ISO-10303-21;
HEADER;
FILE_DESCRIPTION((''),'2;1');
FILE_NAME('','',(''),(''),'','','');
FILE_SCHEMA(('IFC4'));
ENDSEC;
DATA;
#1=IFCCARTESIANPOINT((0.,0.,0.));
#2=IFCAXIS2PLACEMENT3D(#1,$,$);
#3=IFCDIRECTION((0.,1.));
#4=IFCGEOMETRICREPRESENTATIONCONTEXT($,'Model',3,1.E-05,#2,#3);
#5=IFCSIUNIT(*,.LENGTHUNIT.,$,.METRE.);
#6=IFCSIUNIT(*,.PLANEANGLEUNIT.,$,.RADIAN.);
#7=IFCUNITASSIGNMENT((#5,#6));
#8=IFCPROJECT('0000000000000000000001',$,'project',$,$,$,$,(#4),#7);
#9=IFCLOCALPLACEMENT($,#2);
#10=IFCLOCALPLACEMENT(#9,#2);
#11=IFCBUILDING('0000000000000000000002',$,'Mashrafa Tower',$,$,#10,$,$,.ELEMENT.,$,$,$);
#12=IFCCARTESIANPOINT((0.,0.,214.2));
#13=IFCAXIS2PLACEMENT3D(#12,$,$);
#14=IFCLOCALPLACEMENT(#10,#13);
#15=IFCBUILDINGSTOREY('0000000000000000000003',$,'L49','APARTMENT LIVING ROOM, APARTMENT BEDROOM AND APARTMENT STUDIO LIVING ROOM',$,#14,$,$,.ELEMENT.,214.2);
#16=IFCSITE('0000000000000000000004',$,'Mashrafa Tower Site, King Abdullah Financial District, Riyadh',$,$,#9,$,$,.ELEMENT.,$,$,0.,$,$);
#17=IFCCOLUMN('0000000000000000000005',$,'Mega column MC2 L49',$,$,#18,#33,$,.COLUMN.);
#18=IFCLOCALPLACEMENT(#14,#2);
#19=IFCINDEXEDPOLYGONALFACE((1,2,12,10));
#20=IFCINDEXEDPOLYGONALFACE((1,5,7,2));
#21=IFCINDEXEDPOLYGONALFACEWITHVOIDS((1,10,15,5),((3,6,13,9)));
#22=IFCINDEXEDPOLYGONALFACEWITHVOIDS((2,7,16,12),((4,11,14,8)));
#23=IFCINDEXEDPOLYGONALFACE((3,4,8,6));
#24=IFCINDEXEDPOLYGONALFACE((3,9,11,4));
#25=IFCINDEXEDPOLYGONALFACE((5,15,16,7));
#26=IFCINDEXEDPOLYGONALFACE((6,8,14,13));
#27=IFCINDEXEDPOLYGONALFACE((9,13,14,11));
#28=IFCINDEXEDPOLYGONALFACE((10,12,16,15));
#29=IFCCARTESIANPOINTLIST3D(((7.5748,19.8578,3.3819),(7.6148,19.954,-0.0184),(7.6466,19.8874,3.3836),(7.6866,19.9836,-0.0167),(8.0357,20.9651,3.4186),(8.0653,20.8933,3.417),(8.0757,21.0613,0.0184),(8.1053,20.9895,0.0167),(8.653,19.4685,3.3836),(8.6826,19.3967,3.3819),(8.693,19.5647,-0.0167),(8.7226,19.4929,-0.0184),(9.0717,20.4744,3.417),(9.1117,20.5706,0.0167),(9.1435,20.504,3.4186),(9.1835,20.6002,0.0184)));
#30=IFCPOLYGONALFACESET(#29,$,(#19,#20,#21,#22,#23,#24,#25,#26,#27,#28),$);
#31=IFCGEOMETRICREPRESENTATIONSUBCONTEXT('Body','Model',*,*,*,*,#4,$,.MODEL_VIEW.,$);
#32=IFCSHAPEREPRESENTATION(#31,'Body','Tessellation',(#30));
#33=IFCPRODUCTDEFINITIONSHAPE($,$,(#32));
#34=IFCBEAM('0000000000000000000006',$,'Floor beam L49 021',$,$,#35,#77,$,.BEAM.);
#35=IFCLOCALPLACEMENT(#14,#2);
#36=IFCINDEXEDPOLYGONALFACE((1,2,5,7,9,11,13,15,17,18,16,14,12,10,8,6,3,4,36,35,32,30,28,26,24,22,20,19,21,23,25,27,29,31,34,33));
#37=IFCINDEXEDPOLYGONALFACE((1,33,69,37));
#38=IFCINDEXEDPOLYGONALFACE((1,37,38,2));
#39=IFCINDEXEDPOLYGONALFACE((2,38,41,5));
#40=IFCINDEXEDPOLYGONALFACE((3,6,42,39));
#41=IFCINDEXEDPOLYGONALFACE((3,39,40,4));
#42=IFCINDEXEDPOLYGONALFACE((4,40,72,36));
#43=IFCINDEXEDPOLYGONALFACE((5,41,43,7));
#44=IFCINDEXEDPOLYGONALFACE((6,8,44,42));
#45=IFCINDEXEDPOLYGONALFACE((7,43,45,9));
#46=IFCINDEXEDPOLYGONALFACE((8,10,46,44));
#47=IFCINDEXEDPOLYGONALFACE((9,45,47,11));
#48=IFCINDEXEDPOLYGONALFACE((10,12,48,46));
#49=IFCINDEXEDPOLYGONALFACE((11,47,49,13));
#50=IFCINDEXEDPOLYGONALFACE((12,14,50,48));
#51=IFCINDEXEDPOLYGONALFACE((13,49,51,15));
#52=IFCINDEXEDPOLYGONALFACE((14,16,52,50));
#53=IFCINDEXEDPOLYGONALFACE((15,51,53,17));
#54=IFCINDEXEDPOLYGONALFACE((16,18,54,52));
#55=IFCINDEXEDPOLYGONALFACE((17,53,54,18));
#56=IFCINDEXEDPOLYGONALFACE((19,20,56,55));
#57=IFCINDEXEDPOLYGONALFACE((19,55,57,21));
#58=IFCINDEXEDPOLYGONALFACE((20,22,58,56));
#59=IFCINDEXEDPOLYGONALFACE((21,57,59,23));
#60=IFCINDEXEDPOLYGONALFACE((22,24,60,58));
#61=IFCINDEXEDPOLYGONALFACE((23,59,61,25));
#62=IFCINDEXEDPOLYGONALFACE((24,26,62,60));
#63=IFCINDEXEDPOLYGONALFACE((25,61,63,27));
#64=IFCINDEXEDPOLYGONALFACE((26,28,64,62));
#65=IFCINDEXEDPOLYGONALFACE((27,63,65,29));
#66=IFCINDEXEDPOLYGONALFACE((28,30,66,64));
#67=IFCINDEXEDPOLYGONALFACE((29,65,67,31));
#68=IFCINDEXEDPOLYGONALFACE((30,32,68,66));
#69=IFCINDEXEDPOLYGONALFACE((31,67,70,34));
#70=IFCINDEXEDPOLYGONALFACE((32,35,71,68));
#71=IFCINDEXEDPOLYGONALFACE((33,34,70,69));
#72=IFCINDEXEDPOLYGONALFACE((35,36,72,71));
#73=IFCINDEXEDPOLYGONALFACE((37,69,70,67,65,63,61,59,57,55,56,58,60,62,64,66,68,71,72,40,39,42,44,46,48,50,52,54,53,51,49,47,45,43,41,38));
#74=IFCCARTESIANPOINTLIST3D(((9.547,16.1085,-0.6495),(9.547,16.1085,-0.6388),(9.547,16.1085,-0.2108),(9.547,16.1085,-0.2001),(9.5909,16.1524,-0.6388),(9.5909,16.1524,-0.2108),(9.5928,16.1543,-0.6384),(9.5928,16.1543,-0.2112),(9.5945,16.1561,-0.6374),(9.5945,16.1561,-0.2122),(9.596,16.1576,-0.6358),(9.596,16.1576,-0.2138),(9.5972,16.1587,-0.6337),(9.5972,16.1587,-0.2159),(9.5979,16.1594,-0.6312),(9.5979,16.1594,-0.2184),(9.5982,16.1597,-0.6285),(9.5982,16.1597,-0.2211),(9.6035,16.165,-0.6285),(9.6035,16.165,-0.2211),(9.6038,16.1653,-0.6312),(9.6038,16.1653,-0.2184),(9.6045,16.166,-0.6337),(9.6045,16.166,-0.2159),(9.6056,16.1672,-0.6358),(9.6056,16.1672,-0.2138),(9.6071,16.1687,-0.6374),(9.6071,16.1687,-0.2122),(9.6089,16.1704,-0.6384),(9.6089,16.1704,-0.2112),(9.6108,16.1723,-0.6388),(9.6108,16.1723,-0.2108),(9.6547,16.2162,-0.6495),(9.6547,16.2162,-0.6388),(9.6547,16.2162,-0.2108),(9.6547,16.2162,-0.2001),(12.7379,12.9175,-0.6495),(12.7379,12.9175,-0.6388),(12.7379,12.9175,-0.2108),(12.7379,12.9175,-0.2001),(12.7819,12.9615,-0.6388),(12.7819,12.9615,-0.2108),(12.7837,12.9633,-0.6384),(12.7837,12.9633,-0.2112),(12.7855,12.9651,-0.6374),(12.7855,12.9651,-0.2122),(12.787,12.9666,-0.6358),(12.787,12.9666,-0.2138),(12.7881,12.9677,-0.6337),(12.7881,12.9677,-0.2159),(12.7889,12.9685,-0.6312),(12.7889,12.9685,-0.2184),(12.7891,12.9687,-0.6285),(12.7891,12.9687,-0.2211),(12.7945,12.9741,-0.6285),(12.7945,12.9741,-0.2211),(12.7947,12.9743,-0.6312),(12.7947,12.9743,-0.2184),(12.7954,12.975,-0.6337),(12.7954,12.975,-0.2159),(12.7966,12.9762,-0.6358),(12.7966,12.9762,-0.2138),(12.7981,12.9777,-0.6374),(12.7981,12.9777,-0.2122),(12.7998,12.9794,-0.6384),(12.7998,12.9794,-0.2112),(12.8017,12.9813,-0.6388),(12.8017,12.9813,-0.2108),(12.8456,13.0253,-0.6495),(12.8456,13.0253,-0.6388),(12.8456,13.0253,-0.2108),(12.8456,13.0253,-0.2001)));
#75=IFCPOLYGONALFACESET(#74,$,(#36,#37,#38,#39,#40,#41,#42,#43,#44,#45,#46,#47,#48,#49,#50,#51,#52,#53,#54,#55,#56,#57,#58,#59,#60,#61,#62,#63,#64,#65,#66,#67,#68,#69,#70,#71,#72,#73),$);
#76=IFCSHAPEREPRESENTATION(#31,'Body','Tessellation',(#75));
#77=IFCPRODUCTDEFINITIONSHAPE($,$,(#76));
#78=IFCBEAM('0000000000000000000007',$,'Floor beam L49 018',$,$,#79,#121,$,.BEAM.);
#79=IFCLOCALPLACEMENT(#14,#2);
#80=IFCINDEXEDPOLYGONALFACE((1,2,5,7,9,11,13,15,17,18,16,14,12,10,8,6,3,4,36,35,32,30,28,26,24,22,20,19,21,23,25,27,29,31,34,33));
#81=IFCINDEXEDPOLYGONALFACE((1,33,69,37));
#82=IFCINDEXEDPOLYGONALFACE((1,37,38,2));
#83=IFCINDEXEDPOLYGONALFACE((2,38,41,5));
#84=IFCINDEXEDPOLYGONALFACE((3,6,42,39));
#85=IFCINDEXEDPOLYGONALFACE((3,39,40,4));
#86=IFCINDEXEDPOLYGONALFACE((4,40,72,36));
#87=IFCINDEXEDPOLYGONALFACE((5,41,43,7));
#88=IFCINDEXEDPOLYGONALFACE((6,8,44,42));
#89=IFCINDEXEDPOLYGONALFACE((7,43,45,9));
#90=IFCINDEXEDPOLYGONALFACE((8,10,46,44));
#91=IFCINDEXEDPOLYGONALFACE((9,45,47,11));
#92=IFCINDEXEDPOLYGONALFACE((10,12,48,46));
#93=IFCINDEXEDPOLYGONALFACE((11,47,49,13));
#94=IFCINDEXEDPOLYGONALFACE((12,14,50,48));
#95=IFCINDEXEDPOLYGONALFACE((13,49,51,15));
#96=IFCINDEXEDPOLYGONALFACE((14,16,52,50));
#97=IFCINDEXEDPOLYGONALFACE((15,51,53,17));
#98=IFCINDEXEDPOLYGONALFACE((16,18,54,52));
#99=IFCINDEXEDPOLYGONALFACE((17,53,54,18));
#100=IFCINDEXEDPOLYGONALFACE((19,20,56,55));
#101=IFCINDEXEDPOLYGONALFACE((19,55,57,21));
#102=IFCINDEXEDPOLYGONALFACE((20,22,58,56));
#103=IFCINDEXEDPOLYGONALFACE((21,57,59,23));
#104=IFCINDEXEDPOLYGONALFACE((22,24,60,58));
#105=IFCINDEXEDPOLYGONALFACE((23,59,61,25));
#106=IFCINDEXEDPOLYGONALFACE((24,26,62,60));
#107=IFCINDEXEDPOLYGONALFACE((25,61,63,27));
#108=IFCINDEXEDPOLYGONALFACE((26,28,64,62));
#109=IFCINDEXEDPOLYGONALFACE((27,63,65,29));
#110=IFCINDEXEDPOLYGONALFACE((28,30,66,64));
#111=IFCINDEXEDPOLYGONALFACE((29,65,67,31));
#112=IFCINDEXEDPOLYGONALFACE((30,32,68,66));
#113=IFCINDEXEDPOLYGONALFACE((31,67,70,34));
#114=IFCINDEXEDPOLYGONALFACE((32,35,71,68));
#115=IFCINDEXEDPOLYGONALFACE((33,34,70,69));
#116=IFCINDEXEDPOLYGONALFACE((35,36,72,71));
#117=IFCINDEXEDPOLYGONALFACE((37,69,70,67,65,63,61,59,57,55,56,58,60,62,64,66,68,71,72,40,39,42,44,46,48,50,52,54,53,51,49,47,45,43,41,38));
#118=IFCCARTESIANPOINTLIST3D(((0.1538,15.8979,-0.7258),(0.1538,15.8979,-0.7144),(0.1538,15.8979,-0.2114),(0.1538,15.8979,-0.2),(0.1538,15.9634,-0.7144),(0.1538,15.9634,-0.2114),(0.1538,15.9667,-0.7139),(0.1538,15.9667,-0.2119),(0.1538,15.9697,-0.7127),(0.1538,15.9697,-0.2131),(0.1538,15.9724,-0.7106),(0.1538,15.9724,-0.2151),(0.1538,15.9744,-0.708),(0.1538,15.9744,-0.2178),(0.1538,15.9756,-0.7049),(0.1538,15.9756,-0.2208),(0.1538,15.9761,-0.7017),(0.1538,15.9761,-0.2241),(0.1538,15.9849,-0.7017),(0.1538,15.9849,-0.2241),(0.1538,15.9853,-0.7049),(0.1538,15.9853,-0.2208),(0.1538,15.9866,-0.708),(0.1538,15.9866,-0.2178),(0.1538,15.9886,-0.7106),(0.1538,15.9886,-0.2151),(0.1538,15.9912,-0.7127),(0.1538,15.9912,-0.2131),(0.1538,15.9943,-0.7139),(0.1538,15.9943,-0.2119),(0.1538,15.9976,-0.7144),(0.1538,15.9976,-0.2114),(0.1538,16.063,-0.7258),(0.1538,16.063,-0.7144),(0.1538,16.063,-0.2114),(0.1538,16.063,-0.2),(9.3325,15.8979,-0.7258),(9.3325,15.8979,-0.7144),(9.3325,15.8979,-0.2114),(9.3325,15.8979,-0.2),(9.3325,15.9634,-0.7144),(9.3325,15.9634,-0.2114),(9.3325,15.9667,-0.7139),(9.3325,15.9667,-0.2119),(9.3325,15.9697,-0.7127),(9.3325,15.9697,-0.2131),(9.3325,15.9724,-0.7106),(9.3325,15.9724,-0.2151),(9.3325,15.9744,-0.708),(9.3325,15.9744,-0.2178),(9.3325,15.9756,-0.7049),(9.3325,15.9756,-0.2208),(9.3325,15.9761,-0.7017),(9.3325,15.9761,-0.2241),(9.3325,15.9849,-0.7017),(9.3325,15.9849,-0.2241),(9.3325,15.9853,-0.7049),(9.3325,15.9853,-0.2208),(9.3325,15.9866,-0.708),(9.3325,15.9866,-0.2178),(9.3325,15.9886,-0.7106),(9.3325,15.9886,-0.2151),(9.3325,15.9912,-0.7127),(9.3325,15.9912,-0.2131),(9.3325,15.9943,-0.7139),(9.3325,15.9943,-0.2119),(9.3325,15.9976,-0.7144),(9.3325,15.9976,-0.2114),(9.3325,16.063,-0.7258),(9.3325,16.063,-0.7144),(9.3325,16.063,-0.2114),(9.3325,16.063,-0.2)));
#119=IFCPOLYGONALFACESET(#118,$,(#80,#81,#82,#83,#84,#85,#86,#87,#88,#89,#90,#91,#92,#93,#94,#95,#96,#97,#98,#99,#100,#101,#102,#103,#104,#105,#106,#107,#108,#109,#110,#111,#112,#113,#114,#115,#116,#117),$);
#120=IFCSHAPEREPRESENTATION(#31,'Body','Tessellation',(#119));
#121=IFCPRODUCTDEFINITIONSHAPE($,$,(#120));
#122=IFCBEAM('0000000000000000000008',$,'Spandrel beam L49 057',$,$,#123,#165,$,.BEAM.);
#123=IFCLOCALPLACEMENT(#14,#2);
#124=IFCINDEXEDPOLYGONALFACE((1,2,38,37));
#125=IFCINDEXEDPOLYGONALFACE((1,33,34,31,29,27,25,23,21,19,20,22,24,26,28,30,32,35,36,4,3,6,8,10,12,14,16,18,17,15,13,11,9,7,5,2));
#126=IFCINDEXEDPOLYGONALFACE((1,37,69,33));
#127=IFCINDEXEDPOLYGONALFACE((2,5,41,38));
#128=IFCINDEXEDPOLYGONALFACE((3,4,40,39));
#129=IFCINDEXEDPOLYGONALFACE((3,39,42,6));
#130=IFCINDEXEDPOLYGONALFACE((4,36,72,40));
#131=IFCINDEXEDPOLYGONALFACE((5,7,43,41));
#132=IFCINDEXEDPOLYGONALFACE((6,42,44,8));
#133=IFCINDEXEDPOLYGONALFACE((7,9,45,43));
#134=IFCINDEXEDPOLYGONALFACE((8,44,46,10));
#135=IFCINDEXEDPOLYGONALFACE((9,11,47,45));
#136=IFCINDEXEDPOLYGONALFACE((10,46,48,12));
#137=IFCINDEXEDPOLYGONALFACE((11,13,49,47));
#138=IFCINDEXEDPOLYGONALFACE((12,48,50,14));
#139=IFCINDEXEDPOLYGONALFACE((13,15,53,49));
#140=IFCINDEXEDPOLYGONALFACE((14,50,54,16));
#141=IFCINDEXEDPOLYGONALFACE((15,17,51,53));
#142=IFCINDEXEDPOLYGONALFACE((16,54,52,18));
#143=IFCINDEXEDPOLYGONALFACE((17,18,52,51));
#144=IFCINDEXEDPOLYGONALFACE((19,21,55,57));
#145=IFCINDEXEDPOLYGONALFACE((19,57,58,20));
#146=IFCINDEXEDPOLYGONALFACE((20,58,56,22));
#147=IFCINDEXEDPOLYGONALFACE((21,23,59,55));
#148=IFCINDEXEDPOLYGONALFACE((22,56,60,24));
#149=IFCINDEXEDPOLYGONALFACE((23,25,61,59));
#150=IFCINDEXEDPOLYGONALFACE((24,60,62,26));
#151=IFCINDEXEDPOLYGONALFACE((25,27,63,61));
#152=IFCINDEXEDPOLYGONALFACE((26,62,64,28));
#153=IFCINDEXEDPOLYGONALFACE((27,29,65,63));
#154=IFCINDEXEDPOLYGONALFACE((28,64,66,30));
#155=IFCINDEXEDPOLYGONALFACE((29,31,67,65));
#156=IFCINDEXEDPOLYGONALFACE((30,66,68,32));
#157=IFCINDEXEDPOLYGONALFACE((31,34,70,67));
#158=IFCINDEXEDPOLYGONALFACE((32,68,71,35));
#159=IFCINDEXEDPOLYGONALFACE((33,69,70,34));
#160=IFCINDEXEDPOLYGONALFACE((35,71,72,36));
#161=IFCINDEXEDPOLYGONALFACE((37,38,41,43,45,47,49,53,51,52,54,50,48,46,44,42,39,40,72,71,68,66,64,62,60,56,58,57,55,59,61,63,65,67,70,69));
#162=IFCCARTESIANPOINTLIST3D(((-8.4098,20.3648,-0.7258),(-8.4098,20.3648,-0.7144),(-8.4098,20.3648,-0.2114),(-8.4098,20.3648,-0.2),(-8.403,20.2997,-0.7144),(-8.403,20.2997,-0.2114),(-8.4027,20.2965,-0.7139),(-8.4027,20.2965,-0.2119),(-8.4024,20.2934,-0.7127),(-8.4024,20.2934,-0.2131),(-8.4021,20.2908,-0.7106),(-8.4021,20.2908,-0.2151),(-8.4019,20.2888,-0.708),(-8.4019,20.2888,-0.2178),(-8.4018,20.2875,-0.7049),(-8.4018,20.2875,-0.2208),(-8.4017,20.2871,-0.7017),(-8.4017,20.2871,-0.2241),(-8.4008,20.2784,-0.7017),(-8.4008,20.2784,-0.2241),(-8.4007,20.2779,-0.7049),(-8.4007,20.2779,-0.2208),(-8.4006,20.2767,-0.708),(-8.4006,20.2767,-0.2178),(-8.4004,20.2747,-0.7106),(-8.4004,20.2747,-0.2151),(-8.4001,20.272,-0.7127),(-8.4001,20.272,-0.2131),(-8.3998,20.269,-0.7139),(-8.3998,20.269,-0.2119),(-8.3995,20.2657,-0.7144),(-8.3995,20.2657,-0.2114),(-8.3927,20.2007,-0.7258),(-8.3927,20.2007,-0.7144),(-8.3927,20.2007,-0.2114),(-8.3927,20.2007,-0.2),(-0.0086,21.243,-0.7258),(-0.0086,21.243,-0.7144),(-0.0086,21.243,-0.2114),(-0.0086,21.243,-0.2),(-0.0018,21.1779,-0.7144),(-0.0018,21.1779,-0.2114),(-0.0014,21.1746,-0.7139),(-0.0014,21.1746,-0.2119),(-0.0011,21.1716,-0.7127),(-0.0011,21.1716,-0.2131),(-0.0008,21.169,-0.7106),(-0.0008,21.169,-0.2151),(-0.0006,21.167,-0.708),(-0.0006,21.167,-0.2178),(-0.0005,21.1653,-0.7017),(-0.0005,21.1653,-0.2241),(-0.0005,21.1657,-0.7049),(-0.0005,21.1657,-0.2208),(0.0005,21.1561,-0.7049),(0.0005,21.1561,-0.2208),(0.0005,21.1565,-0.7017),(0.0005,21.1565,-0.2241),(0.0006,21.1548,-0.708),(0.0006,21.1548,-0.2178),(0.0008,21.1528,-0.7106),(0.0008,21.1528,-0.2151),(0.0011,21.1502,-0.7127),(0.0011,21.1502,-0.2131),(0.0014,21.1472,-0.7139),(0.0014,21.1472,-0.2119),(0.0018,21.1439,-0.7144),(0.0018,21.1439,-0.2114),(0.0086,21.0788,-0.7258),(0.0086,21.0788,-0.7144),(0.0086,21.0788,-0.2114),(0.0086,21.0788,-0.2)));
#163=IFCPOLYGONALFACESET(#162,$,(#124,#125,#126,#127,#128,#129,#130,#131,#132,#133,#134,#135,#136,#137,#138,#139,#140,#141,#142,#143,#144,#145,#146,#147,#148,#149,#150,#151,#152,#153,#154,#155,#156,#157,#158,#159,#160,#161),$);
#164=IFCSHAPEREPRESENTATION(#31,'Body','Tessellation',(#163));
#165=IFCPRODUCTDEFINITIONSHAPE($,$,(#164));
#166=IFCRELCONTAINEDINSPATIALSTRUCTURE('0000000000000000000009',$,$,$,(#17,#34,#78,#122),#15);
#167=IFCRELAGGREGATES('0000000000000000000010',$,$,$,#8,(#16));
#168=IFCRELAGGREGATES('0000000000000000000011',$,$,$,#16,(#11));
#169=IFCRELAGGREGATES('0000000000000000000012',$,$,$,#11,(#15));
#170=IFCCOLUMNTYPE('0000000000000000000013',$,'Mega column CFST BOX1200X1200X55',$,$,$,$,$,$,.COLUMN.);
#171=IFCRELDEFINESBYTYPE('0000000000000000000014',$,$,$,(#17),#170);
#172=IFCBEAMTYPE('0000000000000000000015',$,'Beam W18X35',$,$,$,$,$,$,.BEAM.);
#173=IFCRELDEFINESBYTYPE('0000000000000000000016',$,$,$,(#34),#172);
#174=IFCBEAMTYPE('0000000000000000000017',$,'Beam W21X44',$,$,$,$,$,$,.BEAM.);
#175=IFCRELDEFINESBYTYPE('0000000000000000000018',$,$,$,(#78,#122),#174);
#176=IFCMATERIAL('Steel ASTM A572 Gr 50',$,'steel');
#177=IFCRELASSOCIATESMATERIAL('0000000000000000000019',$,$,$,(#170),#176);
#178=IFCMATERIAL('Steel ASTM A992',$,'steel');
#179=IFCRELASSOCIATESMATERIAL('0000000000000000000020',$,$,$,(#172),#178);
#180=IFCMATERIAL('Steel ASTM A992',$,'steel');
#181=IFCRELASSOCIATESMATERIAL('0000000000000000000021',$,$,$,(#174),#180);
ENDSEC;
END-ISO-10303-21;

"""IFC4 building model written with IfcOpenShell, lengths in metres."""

from ifc_helpers import new_model, si_unit, direction, frame, origin, origin_2d, place, context, subcontext, project, spatial, hollow_rectangle, i_section, extrude, material, material_profile, profile_set, type_object, element, save


model = new_model("IFC4")

# Units and contexts
model_context = context("Model", 3, precision=1e-05, world=origin(), true_north=direction((0.0, 1.0)))
body_context = subcontext(model_context, "Body", "Model", "MODEL_VIEW")
ifc_project = project(units=[si_unit("LENGTHUNIT", "METRE"), si_unit("PLANEANGLEUNIT", "RADIAN")], contexts=[model_context])

# Site, building, storey
site_placement = place(None, origin())
site = spatial("IfcSite", under=ifc_project, at=site_placement, Name="Mashrafa Tower Site, King Abdullah Financial District, Riyadh", CompositionType="ELEMENT", RefElevation=0.0)
building_placement = place(site_placement, origin())
building = spatial("IfcBuilding", under=site, at=building_placement, Name="Mashrafa Tower", CompositionType="ELEMENT")
storey_placement = place(building_placement, frame((0.0, 0.0, 214.2)))
storey = spatial("IfcBuildingStorey", under=building, at=storey_placement, Name="L49", Description="APARTMENT LIVING ROOM, APARTMENT BEDROOM AND APARTMENT STUDIO LIVING ROOM", CompositionType="ELEMENT", Elevation=214.2)

# Column
ifc_material_1 = material(Name="Steel ASTM A572 Gr 50", Category="steel")
ifc_material_profile_1 = material_profile(ifc_material_1, hollow_rectangle(XDim=1.2, YDim=1.2, WallThickness=0.0549, at=origin_2d()), Name="BOX1200X1200X55")
ifc_profile_set_1 = profile_set([ifc_material_profile_1], Name="Steel ASTM A572 Gr 50")
column_type = type_object("IfcColumnType", Name="Mega column CFST BOX1200X1200X55", PredefinedType="COLUMN", material=ifc_profile_set_1)
column_placement = place(storey_placement, frame((8.3992, 20.2771, 0.0), z_axis=(-0.01177, -0.028277, 0.999531), x_axis=(0.923216, -0.384283, 0.0)))
element("IfcColumn", 1, at=column_placement, inside=storey, type_object=column_type, Name="Mega column MC2 L49", PredefinedType="COLUMN", context=body_context, shape_type="SweptSolid", body=[
    extrude(hollow_rectangle(XDim=1.2, YDim=1.2, WallThickness=0.0549, at=origin_2d()), origin(), (0.0, 0.0, 1.0), 3.4019),
])

# Beams
ifc_material_2 = material(Name="Steel ASTM A992", Category="steel")
ifc_material_profile_2 = material_profile(ifc_material_2, i_section(OverallWidth=0.1523, OverallDepth=0.4495, WebThickness=0.0076, FlangeThickness=0.0107, FilletRadius=0.0103, at=origin_2d()), Name="W18X35")
ifc_profile_set_2 = profile_set([ifc_material_profile_2], Name="Steel ASTM A992")
beam_type_1 = type_object("IfcBeamType", Name="Beam W18X35", PredefinedType="BEAM", material=ifc_profile_set_2)
beam_1_placement = place(storey_placement, frame((9.6008, 16.1624, -0.4248), z_axis=(0.707107, -0.707107, 0.0), x_axis=(0.707107, 0.707107, 0.0)))
element("IfcBeam", 2, at=beam_1_placement, inside=storey, type_object=beam_type_1, Name="Floor beam L49 021", PredefinedType="BEAM", context=body_context, shape_type="SweptSolid", body=[
    extrude(i_section(OverallWidth=0.1523, OverallDepth=0.4495, WebThickness=0.0076, FlangeThickness=0.0107, FilletRadius=0.0103, at=origin_2d()), origin(), (0.0, 0.0, 1.0), 4.5127),
])
ifc_material_3 = material(Name="Steel ASTM A992", Category="steel")
ifc_material_profile_3 = material_profile(ifc_material_3, i_section(OverallWidth=0.165, OverallDepth=0.5259, WebThickness=0.0088, FlangeThickness=0.0115, FilletRadius=0.0127, at=origin_2d()), Name="W21X44")
ifc_profile_set_3 = profile_set([ifc_material_profile_3], Name="Steel ASTM A992")
beam_type_2 = type_object("IfcBeamType", Name="Beam W21X44", PredefinedType="BEAM", material=ifc_profile_set_3)
beam_2_placement = place(storey_placement, frame((0.1538, 15.9805, -0.4629), z_axis=(1.0, 0.0, 0.0), x_axis=(0.0, 1.0, 0.0)))
element("IfcBeam", 3, at=beam_2_placement, inside=storey, type_object=beam_type_2, Name="Floor beam L49 018", PredefinedType="BEAM", context=body_context, shape_type="SweptSolid", body=[
    extrude(i_section(OverallWidth=0.165, OverallDepth=0.5259, WebThickness=0.0088, FlangeThickness=0.0115, FilletRadius=0.0127, at=origin_2d()), origin(), (0.0, 0.0, 1.0), 9.1787),
])
for number, where, z_axis, x_axis, name in (
    (4, (0.0, 21.1609, -0.4629), (-0.994581, -0.103961, 0.0), (0.103961, -0.994581, 0.0), "Spandrel beam L49 057"),
):
    element("IfcBeam", number, at=place(storey_placement, frame(where, z_axis=z_axis, x_axis=x_axis)), inside=storey, type_object=beam_type_2, Name=name, PredefinedType="BEAM", context=body_context, shape_type="SweptSolid", body=[
        extrude(i_section(OverallWidth=0.165, OverallDepth=0.5259, WebThickness=0.0088, FlangeThickness=0.0115, FilletRadius=0.0127, at=origin_2d()), origin(), (0.0, 0.0, 1.0), 8.447),
    ])

save(model, "model.ifc")
